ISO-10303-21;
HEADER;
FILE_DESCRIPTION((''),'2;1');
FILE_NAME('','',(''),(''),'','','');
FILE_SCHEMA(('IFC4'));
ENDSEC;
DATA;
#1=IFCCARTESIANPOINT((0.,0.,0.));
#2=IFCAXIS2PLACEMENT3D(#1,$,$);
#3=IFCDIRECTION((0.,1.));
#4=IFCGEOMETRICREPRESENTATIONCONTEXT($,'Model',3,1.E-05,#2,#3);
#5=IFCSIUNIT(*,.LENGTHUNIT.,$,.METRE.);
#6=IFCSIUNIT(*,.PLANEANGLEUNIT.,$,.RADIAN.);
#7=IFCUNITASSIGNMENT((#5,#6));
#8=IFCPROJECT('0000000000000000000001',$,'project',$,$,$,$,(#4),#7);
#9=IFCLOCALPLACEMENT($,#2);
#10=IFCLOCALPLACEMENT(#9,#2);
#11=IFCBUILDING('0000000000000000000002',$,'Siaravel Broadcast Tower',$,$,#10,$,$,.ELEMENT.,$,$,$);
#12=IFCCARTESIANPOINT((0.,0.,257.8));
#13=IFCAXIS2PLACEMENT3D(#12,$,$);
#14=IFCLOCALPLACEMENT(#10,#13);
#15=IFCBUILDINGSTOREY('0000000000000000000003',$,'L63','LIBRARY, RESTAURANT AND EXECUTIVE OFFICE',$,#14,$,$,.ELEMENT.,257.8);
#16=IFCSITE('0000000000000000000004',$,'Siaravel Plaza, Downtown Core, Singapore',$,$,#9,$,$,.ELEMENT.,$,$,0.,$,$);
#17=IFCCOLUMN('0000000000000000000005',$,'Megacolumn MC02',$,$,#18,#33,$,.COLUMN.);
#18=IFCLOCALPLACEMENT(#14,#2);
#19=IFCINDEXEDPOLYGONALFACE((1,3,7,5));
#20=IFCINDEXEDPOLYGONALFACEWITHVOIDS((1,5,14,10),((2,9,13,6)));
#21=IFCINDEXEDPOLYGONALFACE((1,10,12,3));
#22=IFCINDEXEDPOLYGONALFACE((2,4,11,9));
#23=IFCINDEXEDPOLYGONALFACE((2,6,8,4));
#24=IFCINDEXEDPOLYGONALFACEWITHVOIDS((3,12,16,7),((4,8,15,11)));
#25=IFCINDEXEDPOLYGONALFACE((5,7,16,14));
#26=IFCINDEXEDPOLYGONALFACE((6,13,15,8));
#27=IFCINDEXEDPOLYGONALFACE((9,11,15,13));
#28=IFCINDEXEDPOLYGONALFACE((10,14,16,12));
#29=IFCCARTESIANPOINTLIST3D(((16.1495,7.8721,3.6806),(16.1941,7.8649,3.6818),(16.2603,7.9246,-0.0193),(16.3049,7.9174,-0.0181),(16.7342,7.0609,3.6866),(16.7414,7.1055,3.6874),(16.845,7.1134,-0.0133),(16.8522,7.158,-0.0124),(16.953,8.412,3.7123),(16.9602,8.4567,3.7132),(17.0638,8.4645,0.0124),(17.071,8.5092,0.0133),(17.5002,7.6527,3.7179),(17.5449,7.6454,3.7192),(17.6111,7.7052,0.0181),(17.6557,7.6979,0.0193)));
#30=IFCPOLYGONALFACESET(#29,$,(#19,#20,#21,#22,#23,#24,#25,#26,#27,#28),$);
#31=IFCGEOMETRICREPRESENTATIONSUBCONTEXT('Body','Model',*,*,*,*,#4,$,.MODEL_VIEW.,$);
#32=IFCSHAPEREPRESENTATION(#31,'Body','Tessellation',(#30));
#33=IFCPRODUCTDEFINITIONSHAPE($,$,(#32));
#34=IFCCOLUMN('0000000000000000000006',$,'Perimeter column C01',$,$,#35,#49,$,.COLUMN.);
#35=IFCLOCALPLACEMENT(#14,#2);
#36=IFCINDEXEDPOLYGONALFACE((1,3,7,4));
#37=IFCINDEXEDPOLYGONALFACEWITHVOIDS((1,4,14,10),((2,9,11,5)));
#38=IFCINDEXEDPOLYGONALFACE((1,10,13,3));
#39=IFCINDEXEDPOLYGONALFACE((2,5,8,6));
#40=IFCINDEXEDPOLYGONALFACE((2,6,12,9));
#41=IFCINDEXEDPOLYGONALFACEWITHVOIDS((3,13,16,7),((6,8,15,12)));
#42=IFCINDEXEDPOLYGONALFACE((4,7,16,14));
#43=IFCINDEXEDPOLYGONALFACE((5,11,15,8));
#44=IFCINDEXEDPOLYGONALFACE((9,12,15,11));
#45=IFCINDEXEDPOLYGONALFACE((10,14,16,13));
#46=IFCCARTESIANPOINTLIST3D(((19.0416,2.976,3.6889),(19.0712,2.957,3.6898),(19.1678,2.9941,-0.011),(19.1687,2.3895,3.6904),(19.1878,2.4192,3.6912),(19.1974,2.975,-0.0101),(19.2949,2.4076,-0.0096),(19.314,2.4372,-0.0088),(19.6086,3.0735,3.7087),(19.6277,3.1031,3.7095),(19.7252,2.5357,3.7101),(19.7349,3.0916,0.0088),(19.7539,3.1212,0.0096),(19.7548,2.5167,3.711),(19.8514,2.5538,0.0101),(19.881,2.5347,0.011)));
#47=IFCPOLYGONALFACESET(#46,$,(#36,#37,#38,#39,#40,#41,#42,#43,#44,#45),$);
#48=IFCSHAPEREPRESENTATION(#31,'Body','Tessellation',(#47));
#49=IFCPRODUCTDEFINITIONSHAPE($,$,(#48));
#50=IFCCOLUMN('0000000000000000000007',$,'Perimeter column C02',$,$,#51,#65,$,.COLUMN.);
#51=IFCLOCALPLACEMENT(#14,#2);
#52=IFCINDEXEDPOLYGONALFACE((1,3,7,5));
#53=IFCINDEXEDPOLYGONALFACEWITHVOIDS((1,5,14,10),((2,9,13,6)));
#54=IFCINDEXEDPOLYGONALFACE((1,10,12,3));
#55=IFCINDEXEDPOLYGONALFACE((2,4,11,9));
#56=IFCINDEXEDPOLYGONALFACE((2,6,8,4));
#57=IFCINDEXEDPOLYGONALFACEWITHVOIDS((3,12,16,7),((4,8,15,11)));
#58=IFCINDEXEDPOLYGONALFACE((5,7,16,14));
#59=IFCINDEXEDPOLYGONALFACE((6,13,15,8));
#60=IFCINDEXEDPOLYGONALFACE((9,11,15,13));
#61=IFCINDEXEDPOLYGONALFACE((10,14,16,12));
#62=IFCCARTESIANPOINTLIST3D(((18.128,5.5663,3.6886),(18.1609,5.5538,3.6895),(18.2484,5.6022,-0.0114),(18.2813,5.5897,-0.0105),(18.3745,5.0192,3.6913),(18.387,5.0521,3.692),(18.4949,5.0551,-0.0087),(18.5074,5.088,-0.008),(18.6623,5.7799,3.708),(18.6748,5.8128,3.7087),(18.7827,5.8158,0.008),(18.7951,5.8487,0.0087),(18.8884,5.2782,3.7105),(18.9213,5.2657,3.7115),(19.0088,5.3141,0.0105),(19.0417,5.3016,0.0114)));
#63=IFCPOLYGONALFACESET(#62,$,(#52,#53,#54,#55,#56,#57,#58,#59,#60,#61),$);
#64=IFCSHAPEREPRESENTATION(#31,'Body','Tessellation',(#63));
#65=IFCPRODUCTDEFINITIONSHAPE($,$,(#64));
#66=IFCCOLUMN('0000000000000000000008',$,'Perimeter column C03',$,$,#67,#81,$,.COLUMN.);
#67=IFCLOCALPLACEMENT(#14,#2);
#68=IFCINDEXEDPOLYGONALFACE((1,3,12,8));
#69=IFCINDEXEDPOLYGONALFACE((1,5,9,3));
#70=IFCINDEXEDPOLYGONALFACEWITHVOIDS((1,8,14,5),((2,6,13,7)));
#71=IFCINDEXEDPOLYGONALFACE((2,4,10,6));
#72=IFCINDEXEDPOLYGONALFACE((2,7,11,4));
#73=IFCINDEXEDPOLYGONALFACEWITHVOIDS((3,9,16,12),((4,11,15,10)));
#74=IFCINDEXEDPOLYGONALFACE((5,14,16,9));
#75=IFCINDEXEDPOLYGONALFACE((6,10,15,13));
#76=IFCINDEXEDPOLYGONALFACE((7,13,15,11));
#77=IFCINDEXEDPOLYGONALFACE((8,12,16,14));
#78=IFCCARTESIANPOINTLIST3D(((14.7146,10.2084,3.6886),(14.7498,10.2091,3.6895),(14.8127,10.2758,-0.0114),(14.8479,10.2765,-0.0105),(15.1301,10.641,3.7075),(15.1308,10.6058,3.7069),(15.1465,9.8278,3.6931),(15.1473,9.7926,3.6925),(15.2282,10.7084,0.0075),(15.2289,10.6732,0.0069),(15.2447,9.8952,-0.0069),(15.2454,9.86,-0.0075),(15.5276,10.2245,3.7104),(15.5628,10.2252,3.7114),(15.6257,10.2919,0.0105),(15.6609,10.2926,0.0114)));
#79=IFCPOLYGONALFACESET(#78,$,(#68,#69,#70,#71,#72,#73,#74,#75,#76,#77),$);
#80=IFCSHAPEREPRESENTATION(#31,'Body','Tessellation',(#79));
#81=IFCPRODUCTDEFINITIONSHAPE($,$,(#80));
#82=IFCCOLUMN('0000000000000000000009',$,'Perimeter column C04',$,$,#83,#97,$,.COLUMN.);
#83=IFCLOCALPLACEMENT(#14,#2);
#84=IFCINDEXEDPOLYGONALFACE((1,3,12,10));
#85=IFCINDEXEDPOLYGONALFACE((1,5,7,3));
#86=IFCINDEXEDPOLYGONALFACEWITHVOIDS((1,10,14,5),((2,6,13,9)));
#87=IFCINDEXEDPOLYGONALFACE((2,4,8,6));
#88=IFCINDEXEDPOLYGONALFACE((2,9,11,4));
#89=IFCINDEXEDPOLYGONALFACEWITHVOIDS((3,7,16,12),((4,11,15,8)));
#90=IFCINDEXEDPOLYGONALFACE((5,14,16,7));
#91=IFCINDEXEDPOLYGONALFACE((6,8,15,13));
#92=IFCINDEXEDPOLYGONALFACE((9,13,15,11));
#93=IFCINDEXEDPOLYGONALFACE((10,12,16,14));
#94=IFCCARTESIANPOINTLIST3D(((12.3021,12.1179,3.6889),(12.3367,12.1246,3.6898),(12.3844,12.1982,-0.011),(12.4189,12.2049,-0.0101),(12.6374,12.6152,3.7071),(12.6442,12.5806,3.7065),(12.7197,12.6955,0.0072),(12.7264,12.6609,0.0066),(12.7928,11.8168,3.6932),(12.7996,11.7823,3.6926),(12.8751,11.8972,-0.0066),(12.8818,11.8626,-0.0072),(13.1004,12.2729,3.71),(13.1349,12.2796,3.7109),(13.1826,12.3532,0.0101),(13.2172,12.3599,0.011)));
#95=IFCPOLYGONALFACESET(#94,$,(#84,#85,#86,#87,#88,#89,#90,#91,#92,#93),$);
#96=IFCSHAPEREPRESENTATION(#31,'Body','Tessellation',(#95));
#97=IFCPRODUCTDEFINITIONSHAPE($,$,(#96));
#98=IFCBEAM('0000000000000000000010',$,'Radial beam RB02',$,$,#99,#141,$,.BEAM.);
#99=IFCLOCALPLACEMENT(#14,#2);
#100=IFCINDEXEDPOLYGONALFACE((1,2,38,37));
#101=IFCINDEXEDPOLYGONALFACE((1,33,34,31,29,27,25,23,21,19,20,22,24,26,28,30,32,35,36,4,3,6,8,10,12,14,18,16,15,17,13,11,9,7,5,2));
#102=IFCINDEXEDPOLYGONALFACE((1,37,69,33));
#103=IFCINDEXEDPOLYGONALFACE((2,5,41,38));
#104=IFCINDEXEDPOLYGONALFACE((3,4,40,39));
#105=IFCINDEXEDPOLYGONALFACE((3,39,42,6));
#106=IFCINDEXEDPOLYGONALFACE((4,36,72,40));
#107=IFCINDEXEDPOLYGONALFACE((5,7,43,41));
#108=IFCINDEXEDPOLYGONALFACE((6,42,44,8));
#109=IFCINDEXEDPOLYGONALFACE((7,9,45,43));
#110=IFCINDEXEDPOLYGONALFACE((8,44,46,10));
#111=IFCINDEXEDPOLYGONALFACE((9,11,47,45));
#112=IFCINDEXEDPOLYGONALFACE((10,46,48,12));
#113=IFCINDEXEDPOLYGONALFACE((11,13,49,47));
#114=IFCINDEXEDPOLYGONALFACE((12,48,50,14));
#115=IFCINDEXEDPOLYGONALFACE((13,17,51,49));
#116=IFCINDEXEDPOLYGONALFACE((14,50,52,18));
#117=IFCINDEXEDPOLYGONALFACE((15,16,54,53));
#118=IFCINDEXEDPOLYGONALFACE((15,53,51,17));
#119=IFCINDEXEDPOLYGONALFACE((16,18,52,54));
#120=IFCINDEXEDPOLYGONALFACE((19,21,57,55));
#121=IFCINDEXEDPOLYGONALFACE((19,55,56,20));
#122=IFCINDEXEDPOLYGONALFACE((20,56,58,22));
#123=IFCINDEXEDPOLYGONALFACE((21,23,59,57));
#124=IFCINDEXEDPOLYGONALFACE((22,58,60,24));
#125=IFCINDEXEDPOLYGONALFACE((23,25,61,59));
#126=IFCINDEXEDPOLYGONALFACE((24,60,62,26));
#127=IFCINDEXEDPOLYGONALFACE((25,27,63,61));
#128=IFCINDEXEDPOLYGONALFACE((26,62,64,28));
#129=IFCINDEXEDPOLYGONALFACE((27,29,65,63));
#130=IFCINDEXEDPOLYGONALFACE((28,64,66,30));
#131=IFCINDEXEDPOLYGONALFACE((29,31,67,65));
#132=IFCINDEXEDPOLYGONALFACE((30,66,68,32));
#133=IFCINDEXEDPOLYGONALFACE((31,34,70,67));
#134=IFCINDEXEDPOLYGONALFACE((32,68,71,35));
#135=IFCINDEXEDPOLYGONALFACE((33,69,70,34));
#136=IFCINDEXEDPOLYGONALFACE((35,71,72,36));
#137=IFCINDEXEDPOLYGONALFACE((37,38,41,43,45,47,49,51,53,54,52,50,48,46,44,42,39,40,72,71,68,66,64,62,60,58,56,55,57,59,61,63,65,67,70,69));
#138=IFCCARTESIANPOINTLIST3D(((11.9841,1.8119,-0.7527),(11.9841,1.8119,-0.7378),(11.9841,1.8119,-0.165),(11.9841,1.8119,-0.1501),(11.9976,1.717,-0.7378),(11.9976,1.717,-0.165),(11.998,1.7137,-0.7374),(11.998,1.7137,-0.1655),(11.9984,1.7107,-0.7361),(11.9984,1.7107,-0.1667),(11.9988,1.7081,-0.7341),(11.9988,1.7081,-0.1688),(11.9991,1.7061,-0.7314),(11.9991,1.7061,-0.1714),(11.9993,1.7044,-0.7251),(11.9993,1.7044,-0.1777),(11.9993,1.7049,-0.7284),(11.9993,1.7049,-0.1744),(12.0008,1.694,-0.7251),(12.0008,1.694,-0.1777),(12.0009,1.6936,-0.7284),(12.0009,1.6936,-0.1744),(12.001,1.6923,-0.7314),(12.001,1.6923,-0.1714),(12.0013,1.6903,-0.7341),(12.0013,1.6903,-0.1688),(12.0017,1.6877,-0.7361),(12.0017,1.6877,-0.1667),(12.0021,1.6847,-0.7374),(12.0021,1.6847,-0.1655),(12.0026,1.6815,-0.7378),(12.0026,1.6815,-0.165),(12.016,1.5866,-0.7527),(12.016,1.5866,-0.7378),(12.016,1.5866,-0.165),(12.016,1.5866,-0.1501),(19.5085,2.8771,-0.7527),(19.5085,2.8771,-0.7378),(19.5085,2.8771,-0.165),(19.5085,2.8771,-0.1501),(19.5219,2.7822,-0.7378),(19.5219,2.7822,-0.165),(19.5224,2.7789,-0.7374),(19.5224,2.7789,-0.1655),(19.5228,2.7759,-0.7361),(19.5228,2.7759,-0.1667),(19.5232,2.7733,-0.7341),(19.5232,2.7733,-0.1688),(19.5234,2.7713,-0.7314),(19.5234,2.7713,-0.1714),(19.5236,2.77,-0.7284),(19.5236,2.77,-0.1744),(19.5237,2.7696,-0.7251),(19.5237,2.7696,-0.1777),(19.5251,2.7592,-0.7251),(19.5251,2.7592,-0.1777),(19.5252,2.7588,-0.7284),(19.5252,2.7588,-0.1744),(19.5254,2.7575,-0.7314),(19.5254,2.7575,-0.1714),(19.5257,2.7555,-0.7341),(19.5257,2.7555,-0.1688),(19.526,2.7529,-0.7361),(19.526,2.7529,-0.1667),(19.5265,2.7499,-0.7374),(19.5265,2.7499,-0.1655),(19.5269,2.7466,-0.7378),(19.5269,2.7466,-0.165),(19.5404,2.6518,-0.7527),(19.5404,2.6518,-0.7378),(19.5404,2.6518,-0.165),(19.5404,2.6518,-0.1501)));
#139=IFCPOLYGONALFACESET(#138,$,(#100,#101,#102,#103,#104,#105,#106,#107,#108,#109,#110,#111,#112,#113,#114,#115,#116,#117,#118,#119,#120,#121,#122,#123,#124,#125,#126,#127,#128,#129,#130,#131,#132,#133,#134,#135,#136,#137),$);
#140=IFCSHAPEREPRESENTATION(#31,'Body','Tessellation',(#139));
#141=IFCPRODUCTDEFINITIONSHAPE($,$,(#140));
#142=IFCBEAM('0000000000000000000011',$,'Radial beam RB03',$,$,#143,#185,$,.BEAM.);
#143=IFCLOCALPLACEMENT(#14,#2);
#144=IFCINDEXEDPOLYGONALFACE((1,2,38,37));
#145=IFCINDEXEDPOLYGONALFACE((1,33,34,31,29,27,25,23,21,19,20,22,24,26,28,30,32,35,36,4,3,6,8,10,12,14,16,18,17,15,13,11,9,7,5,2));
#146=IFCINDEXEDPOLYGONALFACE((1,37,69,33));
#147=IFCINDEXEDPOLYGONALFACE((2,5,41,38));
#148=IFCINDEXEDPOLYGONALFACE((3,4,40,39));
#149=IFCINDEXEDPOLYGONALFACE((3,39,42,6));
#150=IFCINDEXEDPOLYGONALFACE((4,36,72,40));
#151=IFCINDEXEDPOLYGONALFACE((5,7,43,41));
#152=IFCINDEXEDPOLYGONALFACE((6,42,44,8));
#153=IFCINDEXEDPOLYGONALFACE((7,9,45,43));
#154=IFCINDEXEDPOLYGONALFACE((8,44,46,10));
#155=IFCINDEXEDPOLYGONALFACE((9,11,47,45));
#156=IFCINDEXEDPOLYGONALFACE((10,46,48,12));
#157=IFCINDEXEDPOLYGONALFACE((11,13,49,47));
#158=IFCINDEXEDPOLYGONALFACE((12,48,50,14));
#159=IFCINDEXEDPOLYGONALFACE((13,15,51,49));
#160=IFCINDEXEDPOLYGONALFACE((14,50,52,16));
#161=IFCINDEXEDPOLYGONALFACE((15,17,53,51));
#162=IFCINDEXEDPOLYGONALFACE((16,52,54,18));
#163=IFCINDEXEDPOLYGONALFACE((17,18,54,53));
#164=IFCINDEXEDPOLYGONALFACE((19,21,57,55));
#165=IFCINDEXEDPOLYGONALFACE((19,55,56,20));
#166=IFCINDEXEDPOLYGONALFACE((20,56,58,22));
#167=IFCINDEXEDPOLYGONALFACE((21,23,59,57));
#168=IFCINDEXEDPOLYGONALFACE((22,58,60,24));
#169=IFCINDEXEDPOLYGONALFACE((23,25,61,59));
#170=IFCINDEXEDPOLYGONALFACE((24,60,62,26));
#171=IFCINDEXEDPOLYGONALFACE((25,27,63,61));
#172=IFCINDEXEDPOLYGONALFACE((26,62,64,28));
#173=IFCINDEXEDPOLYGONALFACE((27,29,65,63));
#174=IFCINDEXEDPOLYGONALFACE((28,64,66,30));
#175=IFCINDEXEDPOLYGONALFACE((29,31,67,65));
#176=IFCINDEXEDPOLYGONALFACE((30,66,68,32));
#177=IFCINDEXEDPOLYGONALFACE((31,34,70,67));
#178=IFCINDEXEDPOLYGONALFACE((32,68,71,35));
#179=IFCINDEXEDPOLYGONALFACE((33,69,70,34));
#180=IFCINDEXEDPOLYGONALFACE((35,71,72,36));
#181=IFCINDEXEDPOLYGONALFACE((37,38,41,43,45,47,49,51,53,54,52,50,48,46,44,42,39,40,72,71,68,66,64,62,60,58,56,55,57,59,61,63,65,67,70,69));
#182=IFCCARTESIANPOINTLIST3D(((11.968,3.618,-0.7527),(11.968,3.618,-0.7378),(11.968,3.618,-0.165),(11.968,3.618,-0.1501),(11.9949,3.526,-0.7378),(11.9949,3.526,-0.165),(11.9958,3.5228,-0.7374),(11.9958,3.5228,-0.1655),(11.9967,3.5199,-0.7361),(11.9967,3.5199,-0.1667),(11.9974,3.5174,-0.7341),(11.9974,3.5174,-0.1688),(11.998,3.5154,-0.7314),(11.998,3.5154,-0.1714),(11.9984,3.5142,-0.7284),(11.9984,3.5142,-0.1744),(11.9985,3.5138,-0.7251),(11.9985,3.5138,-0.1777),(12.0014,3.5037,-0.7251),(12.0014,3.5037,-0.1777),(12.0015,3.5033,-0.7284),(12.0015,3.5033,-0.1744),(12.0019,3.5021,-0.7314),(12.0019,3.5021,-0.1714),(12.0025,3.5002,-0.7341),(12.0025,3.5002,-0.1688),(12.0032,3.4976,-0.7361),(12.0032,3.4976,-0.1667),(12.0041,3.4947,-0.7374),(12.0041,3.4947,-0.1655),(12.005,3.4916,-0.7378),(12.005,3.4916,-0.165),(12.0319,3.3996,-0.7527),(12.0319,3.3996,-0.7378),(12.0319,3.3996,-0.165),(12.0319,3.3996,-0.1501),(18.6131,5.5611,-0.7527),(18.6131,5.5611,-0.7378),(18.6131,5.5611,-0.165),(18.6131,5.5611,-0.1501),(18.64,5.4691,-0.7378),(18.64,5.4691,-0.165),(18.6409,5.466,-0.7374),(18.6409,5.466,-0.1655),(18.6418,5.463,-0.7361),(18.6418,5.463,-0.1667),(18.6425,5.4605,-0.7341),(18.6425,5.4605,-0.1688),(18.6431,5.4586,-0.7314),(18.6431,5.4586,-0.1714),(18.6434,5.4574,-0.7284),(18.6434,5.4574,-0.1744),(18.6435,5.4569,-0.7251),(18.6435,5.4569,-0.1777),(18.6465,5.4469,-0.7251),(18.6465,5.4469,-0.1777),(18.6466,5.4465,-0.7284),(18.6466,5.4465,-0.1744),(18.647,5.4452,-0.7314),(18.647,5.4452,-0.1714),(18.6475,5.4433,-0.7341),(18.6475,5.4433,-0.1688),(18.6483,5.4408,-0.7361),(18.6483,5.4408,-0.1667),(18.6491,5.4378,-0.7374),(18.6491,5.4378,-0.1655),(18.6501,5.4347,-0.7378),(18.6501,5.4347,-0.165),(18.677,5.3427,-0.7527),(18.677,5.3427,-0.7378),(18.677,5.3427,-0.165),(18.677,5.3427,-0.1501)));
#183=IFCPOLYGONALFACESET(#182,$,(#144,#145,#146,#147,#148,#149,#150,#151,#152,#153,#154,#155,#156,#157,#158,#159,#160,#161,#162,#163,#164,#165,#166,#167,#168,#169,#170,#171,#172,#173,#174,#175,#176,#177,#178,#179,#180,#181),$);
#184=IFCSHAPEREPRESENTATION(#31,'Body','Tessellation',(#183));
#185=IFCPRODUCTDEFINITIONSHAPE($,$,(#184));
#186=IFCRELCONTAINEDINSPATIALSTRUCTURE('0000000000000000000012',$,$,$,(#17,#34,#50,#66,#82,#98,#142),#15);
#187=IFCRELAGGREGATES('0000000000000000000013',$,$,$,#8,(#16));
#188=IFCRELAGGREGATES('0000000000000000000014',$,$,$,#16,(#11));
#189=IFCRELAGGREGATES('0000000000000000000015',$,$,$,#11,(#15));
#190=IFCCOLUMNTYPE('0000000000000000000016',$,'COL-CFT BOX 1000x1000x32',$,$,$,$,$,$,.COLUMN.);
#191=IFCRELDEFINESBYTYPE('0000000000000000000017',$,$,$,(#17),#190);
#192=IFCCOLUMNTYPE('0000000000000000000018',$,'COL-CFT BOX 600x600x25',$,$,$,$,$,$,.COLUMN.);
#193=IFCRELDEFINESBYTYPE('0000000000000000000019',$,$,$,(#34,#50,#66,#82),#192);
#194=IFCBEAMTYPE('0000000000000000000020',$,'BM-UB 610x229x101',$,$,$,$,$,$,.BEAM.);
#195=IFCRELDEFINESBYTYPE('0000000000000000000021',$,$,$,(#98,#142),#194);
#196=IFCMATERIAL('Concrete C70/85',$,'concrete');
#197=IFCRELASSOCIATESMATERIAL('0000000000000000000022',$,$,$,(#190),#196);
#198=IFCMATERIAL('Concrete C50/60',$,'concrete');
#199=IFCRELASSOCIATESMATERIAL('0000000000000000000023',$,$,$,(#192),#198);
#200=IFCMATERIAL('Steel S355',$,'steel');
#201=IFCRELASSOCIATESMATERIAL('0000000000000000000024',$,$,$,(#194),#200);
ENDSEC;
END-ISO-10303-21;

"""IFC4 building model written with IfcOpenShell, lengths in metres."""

from ifc_helpers import new_model, si_unit, direction, frame, origin, origin_2d, place, context, subcontext, project, spatial, hollow_rectangle, i_section, extrude, material, material_profile, profile_set, type_object, element, save


model = new_model("IFC4")

# Units and contexts
model_context = context("Model", 3, precision=1e-05, world=origin(), true_north=direction((0.0, 1.0)))
body_context = subcontext(model_context, "Body", "Model", "MODEL_VIEW")
ifc_project = project(units=[si_unit("LENGTHUNIT", "METRE"), si_unit("PLANEANGLEUNIT", "RADIAN")], contexts=[model_context])

# Site, building, storey
site_placement = place(None, origin())
site = spatial("IfcSite", under=ifc_project, at=site_placement, Name="Siaravel Plaza, Downtown Core, Singapore", CompositionType="ELEMENT", RefElevation=0.0)
building_placement = place(site_placement, origin())
building = spatial("IfcBuilding", under=site, at=building_placement, Name="Siaravel Broadcast Tower", CompositionType="ELEMENT")
storey_placement = place(building_placement, frame((0.0, 0.0, 257.8)))
storey = spatial("IfcBuildingStorey", under=building, at=storey_placement, Name="L63", Description="LIBRARY, RESTAURANT AND EXECUTIVE OFFICE", CompositionType="ELEMENT", Elevation=257.8)

# Columns
ifc_material_1 = material(Name="Concrete C70/85", Category="concrete")
ifc_material_profile_1 = material_profile(ifc_material_1, hollow_rectangle(XDim=1.0, YDim=1.0, WallThickness=0.032, at=origin_2d()))
ifc_profile_set_1 = profile_set([ifc_material_profile_1], Name="Concrete C70/85")
column_type_1 = type_object("IfcColumnType", Name="COL-CFT BOX 1000x1000x32", PredefinedType="COLUMN", material=ifc_profile_set_1)
column_1_placement = place(storey_placement, frame((16.958, 7.8113, 0.0), z_axis=(-0.029941, -0.014179, 0.999451), x_axis=(0.58468, -0.811242, 0.006006)))
element("IfcColumn", 1, at=column_1_placement, inside=storey, type_object=column_type_1, Name="Megacolumn MC02", PredefinedType="COLUMN", context=body_context, shape_type="SweptSolid", body=[
    extrude(hollow_rectangle(XDim=1.0, YDim=1.0, WallThickness=0.032, at=origin_2d()), origin(), (0.0, 0.0, 1.0), 3.7019),
])
ifc_material_2 = material(Name="Concrete C50/60", Category="concrete")
ifc_material_profile_2 = material_profile(ifc_material_2, hollow_rectangle(XDim=0.6001, YDim=0.6001, WallThickness=0.0249, at=origin_2d()))
ifc_profile_set_2 = profile_set([ifc_material_profile_2], Name="Concrete C50/60")
column_type_2 = type_object("IfcColumnType", Name="COL-CFT BOX 600x600x25", PredefinedType="COLUMN", material=ifc_profile_set_2)
for number, where, z_axis, x_axis, name in (
    (2, (19.5244, 2.7644, 0.0), (-0.034094, -0.00488, 0.999407), (0.211873, -0.977294, 0.002456), "Perimeter column C01"),
    (3, (18.645, 5.4519, 0.0), (-0.032512, -0.009694, 0.999424), (0.41084, -0.911696, 0.004522), "Perimeter column C02"),
):
    element("IfcColumn", number, at=place(storey_placement, frame(where, z_axis=z_axis, x_axis=x_axis)), inside=storey, type_object=column_type_2, Name=name, PredefinedType="COLUMN", context=body_context, shape_type="SweptSolid", body=[
        extrude(hollow_rectangle(XDim=0.6001, YDim=0.6001, WallThickness=0.0249, at=origin_2d()), origin(), (0.0, 0.0, 1.0), 3.7021),
    ])
column_2_placement = place(storey_placement, frame((15.2368, 10.2842, 0.0), z_axis=(-0.026512, -0.018202, 0.999483), x_axis=(0.721012, -0.692892, 0.006507)))
element("IfcColumn", 4, at=column_2_placement, inside=storey, type_object=column_type_2, Name="Perimeter column C03", PredefinedType="COLUMN", context=body_context, shape_type="SweptSolid", body=[
    extrude(hollow_rectangle(XDim=0.6001, YDim=0.6001, WallThickness=0.0249, at=origin_2d()), origin(), (0.0, 0.0, 1.0), 3.7019),
])
column_3_placement = place(storey_placement, frame((12.8008, 12.2791, 0.0), z_axis=(-0.022226, -0.021699, 0.999517), x_axis=(0.828995, -0.559221, 0.006294)))
element("IfcColumn", 5, at=column_3_placement, inside=storey, type_object=column_type_2, Name="Perimeter column C04", PredefinedType="COLUMN", context=body_context, shape_type="SweptSolid", body=[
    extrude(hollow_rectangle(XDim=0.6001, YDim=0.6001, WallThickness=0.0249, at=origin_2d()), origin(), (0.0, 0.0, 1.0), 3.7017),
])

# Beams
ifc_material_3 = material(Name="Steel S355", Category="steel")
ifc_material_profile_3 = material_profile(ifc_material_3, i_section(OverallWidth=0.2275, OverallDepth=0.6025, WebThickness=0.0105, FlangeThickness=0.0149, FilletRadius=0.0127, at=origin_2d()))
ifc_profile_set_3 = profile_set([ifc_material_profile_3], Name="Steel S355")
beam_type = type_object("IfcBeamType", Name="BM-UB 610x229x101", PredefinedType="BEAM", material=ifc_profile_set_3)
beam_1_placement = place(storey_placement, frame((19.5244, 2.7644, -0.4514), z_axis=(-0.990128, -0.140166, 0.0), x_axis=(0.140166, -0.990128, 0.0)))
element("IfcBeam", 6, at=beam_1_placement, inside=storey, type_object=beam_type, Name="Radial beam RB02", PredefinedType="BEAM", context=body_context, shape_type="SweptSolid", body=[
    extrude(i_section(OverallWidth=0.2275, OverallDepth=0.6025, WebThickness=0.0105, FlangeThickness=0.0149, FilletRadius=0.0127, at=origin_2d()), origin(), (0.0, 0.0, 1.0), 7.5994),
])
beam_2_placement = place(storey_placement, frame((18.645, 5.4519, -0.4514), z_axis=(-0.959806, -0.280663, 0.0), x_axis=(0.280663, -0.959806, 0.0)))
element("IfcBeam", 7, at=beam_2_placement, inside=storey, type_object=beam_type, Name="Radial beam RB03", PredefinedType="BEAM", context=body_context, shape_type="SweptSolid", body=[
    extrude(i_section(OverallWidth=0.2275, OverallDepth=0.6025, WebThickness=0.0105, FlangeThickness=0.0149, FilletRadius=0.0127, at=origin_2d()), origin(), (0.0, 0.0, 1.0), 6.9233),
])

save(model, "model.ifc")
